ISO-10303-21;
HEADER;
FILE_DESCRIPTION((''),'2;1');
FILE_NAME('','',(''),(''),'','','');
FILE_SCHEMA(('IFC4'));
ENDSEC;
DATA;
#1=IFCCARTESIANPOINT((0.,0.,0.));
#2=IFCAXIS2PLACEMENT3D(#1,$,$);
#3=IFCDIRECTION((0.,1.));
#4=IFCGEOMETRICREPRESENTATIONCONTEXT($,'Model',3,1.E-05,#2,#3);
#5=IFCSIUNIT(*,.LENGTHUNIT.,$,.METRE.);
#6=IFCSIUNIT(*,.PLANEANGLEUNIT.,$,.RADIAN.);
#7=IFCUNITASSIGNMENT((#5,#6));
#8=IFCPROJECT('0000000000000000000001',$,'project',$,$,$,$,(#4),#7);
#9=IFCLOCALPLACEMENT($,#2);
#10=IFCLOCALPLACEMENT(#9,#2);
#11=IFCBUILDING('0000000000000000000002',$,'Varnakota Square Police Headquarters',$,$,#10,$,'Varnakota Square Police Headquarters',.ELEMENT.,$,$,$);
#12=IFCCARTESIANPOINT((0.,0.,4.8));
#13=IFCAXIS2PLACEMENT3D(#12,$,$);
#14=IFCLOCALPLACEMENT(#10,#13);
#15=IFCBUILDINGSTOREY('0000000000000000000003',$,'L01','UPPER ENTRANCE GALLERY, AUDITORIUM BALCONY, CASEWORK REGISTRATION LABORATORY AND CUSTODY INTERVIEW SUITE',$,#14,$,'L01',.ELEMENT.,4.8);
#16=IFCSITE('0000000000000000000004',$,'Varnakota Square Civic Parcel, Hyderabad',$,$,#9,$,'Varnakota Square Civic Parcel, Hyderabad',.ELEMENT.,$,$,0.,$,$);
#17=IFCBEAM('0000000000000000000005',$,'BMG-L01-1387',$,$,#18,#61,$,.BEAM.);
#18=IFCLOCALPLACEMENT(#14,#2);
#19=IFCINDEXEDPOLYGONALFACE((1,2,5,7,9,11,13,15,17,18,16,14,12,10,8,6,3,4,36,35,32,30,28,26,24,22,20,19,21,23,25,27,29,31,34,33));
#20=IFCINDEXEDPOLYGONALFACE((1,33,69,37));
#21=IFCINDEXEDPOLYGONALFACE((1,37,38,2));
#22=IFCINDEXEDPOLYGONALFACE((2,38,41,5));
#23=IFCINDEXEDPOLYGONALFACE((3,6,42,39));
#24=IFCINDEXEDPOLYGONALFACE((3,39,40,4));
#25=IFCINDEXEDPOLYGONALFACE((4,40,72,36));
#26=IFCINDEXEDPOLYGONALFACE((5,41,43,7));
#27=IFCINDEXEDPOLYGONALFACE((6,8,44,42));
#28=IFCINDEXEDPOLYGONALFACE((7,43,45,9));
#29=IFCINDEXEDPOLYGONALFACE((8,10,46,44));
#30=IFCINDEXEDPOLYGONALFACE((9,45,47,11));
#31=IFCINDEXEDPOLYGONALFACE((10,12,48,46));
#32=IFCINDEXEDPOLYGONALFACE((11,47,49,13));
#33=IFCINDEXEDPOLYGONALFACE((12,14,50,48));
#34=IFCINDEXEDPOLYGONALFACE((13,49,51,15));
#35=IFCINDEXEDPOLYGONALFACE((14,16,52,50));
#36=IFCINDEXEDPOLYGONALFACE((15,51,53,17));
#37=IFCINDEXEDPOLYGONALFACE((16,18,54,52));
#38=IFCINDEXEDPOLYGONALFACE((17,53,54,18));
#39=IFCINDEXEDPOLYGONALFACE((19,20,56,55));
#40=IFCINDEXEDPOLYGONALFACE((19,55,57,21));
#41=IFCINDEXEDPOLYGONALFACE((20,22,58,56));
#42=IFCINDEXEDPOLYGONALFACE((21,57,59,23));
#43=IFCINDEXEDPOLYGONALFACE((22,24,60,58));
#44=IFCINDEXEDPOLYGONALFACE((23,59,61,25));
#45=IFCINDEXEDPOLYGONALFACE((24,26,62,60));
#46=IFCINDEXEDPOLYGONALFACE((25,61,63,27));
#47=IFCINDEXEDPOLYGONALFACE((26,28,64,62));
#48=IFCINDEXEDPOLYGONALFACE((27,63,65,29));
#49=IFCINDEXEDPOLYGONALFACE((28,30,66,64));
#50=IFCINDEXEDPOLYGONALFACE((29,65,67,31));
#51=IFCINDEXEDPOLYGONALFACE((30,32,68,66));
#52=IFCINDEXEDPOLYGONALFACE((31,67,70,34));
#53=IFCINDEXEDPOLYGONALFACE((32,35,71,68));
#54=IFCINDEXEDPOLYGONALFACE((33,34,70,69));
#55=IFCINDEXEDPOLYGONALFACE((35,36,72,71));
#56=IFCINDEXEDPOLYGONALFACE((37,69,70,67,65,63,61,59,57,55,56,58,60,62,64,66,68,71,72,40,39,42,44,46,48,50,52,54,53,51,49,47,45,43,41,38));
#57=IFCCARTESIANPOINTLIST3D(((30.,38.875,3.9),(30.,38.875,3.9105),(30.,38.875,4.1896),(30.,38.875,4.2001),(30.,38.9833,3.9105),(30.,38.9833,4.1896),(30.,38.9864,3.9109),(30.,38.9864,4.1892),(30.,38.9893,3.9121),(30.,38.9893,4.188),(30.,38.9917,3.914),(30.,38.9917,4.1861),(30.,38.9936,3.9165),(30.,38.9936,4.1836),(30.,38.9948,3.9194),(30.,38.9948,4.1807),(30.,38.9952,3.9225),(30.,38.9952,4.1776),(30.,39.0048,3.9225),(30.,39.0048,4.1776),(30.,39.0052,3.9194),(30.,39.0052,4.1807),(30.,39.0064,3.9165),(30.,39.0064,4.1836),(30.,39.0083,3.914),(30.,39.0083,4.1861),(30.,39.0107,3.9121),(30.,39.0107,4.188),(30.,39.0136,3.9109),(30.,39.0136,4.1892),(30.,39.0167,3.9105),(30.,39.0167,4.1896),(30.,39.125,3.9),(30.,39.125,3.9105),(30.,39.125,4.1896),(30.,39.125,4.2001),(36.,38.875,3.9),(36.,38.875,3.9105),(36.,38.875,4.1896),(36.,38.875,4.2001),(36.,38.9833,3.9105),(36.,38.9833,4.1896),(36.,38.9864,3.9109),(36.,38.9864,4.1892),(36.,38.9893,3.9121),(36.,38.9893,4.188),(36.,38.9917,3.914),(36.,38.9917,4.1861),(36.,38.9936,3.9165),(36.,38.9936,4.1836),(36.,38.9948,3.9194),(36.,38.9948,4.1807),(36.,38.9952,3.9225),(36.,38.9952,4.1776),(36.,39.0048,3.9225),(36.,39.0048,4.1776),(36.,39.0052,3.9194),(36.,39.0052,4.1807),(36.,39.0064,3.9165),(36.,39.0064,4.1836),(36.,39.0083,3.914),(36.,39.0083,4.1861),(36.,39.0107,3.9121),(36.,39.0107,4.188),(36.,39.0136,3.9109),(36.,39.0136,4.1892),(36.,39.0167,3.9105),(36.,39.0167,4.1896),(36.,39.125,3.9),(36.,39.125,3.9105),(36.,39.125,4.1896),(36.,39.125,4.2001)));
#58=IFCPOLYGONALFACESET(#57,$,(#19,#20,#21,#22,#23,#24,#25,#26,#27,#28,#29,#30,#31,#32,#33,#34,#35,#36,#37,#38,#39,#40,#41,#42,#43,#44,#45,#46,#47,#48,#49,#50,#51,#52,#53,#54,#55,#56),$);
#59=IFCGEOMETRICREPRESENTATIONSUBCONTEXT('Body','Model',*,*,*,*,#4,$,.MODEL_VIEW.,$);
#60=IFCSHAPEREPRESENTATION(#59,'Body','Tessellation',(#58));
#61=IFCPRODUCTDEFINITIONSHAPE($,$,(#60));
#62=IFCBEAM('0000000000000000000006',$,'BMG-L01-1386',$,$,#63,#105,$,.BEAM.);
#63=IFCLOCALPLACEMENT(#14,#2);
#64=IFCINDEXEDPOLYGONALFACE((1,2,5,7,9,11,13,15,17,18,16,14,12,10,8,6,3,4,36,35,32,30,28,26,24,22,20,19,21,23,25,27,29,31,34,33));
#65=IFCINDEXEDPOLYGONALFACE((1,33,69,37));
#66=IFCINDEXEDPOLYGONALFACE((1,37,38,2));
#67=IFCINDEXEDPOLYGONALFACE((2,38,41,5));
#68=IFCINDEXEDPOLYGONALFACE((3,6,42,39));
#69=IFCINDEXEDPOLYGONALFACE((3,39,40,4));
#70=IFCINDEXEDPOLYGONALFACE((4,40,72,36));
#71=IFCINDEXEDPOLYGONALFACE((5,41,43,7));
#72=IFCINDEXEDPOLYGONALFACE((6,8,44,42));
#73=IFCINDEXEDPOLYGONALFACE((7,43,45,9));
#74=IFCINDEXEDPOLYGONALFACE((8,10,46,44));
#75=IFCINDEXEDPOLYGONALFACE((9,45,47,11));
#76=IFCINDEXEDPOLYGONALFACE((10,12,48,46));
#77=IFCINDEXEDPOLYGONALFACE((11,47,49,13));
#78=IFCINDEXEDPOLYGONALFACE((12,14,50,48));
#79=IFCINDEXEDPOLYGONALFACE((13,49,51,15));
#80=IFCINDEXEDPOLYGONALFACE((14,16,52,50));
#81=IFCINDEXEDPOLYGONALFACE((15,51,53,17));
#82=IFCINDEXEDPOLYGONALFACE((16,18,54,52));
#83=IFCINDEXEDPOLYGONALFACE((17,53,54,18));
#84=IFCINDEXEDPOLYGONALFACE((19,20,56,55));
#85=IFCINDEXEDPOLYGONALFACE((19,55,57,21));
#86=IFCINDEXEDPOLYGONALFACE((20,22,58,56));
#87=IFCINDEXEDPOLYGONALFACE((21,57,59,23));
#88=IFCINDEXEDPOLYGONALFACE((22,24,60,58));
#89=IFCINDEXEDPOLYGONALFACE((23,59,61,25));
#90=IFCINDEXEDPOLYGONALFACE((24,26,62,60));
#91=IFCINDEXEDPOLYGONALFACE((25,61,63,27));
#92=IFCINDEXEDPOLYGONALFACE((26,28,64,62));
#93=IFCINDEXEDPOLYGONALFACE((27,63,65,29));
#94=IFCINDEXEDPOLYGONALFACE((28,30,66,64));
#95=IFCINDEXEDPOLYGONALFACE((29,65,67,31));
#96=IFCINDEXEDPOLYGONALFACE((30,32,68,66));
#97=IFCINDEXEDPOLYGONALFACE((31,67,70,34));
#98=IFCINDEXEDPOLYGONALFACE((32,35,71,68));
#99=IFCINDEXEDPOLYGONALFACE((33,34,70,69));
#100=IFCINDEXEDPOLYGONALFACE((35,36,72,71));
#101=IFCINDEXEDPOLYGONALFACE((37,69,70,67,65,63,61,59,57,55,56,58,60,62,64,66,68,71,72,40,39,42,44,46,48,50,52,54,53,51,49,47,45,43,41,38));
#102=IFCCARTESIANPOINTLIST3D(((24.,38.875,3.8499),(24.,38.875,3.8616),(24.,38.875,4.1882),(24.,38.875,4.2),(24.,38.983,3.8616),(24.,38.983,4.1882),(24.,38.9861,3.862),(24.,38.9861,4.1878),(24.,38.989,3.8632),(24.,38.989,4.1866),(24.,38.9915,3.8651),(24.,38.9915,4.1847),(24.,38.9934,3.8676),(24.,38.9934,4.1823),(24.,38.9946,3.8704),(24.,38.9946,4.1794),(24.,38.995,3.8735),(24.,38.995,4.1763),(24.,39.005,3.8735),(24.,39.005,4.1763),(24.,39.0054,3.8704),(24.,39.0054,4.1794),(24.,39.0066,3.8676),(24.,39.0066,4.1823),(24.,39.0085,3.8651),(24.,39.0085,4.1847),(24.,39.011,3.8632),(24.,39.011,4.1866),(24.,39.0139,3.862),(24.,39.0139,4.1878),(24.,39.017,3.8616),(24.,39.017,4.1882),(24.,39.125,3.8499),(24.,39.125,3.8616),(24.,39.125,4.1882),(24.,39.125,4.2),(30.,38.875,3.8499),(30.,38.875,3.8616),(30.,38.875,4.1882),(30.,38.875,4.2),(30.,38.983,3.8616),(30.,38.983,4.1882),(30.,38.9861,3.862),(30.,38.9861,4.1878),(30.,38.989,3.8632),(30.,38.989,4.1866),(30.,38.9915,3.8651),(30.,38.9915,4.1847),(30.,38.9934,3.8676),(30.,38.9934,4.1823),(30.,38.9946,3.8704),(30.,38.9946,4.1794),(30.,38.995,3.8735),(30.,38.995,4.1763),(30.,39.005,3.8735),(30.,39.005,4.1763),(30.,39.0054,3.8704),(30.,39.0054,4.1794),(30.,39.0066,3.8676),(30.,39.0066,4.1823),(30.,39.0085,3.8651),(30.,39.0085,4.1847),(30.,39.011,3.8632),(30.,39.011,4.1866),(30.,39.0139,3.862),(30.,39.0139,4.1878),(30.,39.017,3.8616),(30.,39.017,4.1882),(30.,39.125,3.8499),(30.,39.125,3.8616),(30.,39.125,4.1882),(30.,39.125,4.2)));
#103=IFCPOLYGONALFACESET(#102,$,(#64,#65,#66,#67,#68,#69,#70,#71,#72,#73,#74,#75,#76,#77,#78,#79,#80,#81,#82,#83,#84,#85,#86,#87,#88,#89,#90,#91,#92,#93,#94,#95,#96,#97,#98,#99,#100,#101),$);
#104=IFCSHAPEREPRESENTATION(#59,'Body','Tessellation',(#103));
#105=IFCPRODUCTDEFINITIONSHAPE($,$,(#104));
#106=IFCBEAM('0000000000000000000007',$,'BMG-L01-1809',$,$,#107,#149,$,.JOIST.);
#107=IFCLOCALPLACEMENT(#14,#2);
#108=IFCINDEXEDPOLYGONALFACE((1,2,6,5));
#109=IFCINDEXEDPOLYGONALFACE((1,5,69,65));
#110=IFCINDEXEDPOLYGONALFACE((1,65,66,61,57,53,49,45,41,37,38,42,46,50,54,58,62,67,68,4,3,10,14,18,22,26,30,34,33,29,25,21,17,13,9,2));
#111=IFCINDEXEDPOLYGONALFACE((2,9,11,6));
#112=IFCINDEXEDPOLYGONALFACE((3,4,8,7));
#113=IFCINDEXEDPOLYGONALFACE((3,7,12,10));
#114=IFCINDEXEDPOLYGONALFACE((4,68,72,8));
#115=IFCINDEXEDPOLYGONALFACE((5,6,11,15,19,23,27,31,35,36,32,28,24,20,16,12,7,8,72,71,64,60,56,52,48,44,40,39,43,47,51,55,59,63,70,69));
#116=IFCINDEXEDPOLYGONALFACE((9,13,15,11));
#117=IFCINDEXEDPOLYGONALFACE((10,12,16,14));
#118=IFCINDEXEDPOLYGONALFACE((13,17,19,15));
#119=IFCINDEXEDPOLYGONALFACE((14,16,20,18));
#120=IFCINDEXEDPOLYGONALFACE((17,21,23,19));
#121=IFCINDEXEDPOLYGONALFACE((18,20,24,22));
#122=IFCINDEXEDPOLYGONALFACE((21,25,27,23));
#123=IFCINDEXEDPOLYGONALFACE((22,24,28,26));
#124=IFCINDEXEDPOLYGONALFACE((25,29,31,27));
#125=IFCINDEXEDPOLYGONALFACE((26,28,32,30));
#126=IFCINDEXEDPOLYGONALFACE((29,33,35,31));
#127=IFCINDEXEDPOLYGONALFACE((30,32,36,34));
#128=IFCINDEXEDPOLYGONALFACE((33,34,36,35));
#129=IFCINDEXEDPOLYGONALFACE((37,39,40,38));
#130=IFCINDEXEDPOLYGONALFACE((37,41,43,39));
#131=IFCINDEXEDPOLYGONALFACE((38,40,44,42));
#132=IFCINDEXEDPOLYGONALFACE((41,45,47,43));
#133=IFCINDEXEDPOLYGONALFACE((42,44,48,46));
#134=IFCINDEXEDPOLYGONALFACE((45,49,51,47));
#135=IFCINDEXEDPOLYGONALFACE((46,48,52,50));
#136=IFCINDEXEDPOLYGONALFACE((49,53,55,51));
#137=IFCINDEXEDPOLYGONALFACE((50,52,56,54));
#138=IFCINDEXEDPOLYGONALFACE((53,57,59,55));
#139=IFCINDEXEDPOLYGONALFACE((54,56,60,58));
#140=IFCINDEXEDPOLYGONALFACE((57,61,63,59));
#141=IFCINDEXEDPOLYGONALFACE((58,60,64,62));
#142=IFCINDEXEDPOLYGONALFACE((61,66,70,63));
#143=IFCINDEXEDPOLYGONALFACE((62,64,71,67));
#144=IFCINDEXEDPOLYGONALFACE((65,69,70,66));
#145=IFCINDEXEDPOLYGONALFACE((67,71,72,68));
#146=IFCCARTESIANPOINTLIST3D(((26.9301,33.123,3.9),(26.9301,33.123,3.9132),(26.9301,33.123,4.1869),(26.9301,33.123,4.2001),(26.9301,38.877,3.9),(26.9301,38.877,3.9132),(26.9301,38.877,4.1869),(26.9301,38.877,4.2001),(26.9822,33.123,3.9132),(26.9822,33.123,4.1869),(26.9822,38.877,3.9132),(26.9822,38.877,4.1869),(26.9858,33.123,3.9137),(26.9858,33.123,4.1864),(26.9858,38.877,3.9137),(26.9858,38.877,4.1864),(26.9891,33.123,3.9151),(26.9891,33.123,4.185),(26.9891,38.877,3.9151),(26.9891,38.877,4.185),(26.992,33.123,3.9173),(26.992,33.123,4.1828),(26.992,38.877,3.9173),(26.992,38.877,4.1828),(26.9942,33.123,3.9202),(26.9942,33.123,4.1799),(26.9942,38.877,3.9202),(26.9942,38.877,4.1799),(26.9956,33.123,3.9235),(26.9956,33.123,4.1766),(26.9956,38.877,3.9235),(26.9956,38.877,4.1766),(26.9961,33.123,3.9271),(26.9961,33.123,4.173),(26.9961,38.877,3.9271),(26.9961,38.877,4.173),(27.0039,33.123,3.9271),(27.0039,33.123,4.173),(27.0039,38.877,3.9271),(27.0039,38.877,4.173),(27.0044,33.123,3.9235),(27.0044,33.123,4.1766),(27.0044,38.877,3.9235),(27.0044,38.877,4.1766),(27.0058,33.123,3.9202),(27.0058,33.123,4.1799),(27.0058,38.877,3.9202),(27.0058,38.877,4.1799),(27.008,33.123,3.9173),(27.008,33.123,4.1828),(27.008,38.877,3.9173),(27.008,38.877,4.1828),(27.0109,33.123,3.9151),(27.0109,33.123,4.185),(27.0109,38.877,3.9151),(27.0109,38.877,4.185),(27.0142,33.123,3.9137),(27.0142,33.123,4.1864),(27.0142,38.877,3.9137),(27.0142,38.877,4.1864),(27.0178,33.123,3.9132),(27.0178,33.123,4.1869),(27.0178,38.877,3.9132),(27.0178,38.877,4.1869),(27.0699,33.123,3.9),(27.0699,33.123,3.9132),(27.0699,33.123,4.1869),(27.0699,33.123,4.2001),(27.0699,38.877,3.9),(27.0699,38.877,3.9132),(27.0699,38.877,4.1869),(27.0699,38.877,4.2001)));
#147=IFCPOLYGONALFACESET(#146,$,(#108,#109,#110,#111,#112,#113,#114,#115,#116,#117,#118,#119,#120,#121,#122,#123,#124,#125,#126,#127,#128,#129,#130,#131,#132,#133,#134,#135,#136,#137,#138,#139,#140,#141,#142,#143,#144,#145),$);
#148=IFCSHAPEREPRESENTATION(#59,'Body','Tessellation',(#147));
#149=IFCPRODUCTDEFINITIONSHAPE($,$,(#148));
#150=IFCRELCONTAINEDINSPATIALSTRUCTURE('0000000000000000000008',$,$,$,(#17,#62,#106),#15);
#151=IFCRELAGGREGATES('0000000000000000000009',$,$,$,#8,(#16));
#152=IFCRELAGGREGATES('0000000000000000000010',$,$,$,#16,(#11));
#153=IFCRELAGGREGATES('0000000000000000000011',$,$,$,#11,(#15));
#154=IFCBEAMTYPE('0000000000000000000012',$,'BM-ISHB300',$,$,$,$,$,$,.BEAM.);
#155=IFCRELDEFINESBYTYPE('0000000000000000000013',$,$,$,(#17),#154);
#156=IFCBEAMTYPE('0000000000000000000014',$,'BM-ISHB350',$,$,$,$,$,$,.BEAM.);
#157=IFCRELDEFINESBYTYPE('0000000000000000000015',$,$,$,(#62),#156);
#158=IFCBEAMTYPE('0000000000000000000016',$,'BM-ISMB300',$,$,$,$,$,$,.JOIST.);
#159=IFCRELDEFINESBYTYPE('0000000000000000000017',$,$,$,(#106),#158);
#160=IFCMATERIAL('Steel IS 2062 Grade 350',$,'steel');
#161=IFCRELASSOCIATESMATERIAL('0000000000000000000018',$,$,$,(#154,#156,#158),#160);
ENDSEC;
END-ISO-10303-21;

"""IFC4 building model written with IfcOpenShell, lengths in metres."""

from ifc_helpers import new_model, si_unit, direction, frame, origin, origin_2d, place, context, subcontext, project, spatial, i_section, extrude, material, material_profile, profile_set, type_object, element, save


model = new_model("IFC4")

# Units and contexts
model_context = context("Model", 3, precision=1e-05, world=origin(), true_north=direction((0.0, 1.0)))
body_context = subcontext(model_context, "Body", "Model", "MODEL_VIEW")
ifc_project = project(units=[si_unit("LENGTHUNIT", "METRE"), si_unit("PLANEANGLEUNIT", "RADIAN")], contexts=[model_context])

# Site, building, storey
site_placement = place(None, origin())
site = spatial("IfcSite", under=ifc_project, at=site_placement, Name="Varnakota Square Civic Parcel, Hyderabad", LongName="Varnakota Square Civic Parcel, Hyderabad", CompositionType="ELEMENT", RefElevation=0.0)
building_placement = place(site_placement, origin())
building = spatial("IfcBuilding", under=site, at=building_placement, Name="Varnakota Square Police Headquarters", LongName="Varnakota Square Police Headquarters", CompositionType="ELEMENT")
storey_placement = place(building_placement, frame((0.0, 0.0, 4.8)))
storey = spatial("IfcBuildingStorey", under=building, at=storey_placement, Name="L01", Description="UPPER ENTRANCE GALLERY, AUDITORIUM BALCONY, CASEWORK REGISTRATION LABORATORY AND CUSTODY INTERVIEW SUITE", LongName="L01", CompositionType="ELEMENT", Elevation=4.8)

# Shared definitions
ifc_material_1 = material(Name="Steel IS 2062 Grade 350", Category="steel")

# Beams
ifc_material_profile_1 = material_profile(ifc_material_1, i_section(OverallWidth=0.25, OverallDepth=0.3, WebThickness=0.0095, FlangeThickness=0.0105, FilletRadius=0.012, at=origin_2d()), Name="ISHB 300")
ifc_profile_set_1 = profile_set([ifc_material_profile_1], Name="Steel IS 2062 Grade 350")
beam_type_1 = type_object("IfcBeamType", Name="BM-ISHB300", PredefinedType="BEAM", material=ifc_profile_set_1)
beam_1_placement = place(storey_placement, frame((30.0, 39.0, 4.05), z_axis=(1.0, 0.0, 0.0), x_axis=(0.0, 1.0, 0.0)))
element("IfcBeam", 1, at=beam_1_placement, inside=storey, type_object=beam_type_1, Name="BMG-L01-1387", PredefinedType="BEAM", context=body_context, shape_type="SweptSolid", body=[
    extrude(i_section(OverallWidth=0.25, OverallDepth=0.3, WebThickness=0.0095, FlangeThickness=0.0105, FilletRadius=0.012, at=origin_2d()), origin(), (0.0, 0.0, 1.0), 6.0),
])
ifc_material_profile_2 = material_profile(ifc_material_1, i_section(OverallWidth=0.25, OverallDepth=0.3501, WebThickness=0.01, FlangeThickness=0.0117, FilletRadius=0.012, at=origin_2d()), Name="ISHB 350")
ifc_profile_set_2 = profile_set([ifc_material_profile_2], Name="Steel IS 2062 Grade 350")
beam_type_2 = type_object("IfcBeamType", Name="BM-ISHB350", PredefinedType="BEAM", material=ifc_profile_set_2)
beam_2_placement = place(storey_placement, frame((24.0, 39.0, 4.0249), z_axis=(1.0, 0.0, 0.0), x_axis=(0.0, 1.0, 0.0)))
element("IfcBeam", 2, at=beam_2_placement, inside=storey, type_object=beam_type_2, Name="BMG-L01-1386", PredefinedType="BEAM", context=body_context, shape_type="SweptSolid", body=[
    extrude(i_section(OverallWidth=0.25, OverallDepth=0.3501, WebThickness=0.01, FlangeThickness=0.0117, FilletRadius=0.012, at=origin_2d()), origin(), (0.0, 0.0, 1.0), 6.0),
])
ifc_material_profile_3 = material_profile(ifc_material_1, i_section(OverallWidth=0.1399, OverallDepth=0.3, WebThickness=0.0078, FlangeThickness=0.0132, FilletRadius=0.0139, at=origin_2d()), Name="ISMB 300")
ifc_profile_set_3 = profile_set([ifc_material_profile_3], Name="Steel IS 2062 Grade 350")
beam_type_3 = type_object("IfcBeamType", Name="BM-ISMB300", PredefinedType="JOIST", material=ifc_profile_set_3)
beam_3_placement = place(storey_placement, frame((27.0, 33.123, 4.05), z_axis=(0.0, 1.0, 0.0), x_axis=(-1.0, 0.0, 0.0)))
element("IfcBeam", 3, at=beam_3_placement, inside=storey, type_object=beam_type_3, Name="BMG-L01-1809", PredefinedType="JOIST", context=body_context, shape_type="SweptSolid", body=[
    extrude(i_section(OverallWidth=0.1399, OverallDepth=0.3, WebThickness=0.0078, FlangeThickness=0.0132, FilletRadius=0.0139, at=origin_2d()), origin(), (0.0, 0.0, 1.0), 5.7539),
])

save(model, "model.ifc")
